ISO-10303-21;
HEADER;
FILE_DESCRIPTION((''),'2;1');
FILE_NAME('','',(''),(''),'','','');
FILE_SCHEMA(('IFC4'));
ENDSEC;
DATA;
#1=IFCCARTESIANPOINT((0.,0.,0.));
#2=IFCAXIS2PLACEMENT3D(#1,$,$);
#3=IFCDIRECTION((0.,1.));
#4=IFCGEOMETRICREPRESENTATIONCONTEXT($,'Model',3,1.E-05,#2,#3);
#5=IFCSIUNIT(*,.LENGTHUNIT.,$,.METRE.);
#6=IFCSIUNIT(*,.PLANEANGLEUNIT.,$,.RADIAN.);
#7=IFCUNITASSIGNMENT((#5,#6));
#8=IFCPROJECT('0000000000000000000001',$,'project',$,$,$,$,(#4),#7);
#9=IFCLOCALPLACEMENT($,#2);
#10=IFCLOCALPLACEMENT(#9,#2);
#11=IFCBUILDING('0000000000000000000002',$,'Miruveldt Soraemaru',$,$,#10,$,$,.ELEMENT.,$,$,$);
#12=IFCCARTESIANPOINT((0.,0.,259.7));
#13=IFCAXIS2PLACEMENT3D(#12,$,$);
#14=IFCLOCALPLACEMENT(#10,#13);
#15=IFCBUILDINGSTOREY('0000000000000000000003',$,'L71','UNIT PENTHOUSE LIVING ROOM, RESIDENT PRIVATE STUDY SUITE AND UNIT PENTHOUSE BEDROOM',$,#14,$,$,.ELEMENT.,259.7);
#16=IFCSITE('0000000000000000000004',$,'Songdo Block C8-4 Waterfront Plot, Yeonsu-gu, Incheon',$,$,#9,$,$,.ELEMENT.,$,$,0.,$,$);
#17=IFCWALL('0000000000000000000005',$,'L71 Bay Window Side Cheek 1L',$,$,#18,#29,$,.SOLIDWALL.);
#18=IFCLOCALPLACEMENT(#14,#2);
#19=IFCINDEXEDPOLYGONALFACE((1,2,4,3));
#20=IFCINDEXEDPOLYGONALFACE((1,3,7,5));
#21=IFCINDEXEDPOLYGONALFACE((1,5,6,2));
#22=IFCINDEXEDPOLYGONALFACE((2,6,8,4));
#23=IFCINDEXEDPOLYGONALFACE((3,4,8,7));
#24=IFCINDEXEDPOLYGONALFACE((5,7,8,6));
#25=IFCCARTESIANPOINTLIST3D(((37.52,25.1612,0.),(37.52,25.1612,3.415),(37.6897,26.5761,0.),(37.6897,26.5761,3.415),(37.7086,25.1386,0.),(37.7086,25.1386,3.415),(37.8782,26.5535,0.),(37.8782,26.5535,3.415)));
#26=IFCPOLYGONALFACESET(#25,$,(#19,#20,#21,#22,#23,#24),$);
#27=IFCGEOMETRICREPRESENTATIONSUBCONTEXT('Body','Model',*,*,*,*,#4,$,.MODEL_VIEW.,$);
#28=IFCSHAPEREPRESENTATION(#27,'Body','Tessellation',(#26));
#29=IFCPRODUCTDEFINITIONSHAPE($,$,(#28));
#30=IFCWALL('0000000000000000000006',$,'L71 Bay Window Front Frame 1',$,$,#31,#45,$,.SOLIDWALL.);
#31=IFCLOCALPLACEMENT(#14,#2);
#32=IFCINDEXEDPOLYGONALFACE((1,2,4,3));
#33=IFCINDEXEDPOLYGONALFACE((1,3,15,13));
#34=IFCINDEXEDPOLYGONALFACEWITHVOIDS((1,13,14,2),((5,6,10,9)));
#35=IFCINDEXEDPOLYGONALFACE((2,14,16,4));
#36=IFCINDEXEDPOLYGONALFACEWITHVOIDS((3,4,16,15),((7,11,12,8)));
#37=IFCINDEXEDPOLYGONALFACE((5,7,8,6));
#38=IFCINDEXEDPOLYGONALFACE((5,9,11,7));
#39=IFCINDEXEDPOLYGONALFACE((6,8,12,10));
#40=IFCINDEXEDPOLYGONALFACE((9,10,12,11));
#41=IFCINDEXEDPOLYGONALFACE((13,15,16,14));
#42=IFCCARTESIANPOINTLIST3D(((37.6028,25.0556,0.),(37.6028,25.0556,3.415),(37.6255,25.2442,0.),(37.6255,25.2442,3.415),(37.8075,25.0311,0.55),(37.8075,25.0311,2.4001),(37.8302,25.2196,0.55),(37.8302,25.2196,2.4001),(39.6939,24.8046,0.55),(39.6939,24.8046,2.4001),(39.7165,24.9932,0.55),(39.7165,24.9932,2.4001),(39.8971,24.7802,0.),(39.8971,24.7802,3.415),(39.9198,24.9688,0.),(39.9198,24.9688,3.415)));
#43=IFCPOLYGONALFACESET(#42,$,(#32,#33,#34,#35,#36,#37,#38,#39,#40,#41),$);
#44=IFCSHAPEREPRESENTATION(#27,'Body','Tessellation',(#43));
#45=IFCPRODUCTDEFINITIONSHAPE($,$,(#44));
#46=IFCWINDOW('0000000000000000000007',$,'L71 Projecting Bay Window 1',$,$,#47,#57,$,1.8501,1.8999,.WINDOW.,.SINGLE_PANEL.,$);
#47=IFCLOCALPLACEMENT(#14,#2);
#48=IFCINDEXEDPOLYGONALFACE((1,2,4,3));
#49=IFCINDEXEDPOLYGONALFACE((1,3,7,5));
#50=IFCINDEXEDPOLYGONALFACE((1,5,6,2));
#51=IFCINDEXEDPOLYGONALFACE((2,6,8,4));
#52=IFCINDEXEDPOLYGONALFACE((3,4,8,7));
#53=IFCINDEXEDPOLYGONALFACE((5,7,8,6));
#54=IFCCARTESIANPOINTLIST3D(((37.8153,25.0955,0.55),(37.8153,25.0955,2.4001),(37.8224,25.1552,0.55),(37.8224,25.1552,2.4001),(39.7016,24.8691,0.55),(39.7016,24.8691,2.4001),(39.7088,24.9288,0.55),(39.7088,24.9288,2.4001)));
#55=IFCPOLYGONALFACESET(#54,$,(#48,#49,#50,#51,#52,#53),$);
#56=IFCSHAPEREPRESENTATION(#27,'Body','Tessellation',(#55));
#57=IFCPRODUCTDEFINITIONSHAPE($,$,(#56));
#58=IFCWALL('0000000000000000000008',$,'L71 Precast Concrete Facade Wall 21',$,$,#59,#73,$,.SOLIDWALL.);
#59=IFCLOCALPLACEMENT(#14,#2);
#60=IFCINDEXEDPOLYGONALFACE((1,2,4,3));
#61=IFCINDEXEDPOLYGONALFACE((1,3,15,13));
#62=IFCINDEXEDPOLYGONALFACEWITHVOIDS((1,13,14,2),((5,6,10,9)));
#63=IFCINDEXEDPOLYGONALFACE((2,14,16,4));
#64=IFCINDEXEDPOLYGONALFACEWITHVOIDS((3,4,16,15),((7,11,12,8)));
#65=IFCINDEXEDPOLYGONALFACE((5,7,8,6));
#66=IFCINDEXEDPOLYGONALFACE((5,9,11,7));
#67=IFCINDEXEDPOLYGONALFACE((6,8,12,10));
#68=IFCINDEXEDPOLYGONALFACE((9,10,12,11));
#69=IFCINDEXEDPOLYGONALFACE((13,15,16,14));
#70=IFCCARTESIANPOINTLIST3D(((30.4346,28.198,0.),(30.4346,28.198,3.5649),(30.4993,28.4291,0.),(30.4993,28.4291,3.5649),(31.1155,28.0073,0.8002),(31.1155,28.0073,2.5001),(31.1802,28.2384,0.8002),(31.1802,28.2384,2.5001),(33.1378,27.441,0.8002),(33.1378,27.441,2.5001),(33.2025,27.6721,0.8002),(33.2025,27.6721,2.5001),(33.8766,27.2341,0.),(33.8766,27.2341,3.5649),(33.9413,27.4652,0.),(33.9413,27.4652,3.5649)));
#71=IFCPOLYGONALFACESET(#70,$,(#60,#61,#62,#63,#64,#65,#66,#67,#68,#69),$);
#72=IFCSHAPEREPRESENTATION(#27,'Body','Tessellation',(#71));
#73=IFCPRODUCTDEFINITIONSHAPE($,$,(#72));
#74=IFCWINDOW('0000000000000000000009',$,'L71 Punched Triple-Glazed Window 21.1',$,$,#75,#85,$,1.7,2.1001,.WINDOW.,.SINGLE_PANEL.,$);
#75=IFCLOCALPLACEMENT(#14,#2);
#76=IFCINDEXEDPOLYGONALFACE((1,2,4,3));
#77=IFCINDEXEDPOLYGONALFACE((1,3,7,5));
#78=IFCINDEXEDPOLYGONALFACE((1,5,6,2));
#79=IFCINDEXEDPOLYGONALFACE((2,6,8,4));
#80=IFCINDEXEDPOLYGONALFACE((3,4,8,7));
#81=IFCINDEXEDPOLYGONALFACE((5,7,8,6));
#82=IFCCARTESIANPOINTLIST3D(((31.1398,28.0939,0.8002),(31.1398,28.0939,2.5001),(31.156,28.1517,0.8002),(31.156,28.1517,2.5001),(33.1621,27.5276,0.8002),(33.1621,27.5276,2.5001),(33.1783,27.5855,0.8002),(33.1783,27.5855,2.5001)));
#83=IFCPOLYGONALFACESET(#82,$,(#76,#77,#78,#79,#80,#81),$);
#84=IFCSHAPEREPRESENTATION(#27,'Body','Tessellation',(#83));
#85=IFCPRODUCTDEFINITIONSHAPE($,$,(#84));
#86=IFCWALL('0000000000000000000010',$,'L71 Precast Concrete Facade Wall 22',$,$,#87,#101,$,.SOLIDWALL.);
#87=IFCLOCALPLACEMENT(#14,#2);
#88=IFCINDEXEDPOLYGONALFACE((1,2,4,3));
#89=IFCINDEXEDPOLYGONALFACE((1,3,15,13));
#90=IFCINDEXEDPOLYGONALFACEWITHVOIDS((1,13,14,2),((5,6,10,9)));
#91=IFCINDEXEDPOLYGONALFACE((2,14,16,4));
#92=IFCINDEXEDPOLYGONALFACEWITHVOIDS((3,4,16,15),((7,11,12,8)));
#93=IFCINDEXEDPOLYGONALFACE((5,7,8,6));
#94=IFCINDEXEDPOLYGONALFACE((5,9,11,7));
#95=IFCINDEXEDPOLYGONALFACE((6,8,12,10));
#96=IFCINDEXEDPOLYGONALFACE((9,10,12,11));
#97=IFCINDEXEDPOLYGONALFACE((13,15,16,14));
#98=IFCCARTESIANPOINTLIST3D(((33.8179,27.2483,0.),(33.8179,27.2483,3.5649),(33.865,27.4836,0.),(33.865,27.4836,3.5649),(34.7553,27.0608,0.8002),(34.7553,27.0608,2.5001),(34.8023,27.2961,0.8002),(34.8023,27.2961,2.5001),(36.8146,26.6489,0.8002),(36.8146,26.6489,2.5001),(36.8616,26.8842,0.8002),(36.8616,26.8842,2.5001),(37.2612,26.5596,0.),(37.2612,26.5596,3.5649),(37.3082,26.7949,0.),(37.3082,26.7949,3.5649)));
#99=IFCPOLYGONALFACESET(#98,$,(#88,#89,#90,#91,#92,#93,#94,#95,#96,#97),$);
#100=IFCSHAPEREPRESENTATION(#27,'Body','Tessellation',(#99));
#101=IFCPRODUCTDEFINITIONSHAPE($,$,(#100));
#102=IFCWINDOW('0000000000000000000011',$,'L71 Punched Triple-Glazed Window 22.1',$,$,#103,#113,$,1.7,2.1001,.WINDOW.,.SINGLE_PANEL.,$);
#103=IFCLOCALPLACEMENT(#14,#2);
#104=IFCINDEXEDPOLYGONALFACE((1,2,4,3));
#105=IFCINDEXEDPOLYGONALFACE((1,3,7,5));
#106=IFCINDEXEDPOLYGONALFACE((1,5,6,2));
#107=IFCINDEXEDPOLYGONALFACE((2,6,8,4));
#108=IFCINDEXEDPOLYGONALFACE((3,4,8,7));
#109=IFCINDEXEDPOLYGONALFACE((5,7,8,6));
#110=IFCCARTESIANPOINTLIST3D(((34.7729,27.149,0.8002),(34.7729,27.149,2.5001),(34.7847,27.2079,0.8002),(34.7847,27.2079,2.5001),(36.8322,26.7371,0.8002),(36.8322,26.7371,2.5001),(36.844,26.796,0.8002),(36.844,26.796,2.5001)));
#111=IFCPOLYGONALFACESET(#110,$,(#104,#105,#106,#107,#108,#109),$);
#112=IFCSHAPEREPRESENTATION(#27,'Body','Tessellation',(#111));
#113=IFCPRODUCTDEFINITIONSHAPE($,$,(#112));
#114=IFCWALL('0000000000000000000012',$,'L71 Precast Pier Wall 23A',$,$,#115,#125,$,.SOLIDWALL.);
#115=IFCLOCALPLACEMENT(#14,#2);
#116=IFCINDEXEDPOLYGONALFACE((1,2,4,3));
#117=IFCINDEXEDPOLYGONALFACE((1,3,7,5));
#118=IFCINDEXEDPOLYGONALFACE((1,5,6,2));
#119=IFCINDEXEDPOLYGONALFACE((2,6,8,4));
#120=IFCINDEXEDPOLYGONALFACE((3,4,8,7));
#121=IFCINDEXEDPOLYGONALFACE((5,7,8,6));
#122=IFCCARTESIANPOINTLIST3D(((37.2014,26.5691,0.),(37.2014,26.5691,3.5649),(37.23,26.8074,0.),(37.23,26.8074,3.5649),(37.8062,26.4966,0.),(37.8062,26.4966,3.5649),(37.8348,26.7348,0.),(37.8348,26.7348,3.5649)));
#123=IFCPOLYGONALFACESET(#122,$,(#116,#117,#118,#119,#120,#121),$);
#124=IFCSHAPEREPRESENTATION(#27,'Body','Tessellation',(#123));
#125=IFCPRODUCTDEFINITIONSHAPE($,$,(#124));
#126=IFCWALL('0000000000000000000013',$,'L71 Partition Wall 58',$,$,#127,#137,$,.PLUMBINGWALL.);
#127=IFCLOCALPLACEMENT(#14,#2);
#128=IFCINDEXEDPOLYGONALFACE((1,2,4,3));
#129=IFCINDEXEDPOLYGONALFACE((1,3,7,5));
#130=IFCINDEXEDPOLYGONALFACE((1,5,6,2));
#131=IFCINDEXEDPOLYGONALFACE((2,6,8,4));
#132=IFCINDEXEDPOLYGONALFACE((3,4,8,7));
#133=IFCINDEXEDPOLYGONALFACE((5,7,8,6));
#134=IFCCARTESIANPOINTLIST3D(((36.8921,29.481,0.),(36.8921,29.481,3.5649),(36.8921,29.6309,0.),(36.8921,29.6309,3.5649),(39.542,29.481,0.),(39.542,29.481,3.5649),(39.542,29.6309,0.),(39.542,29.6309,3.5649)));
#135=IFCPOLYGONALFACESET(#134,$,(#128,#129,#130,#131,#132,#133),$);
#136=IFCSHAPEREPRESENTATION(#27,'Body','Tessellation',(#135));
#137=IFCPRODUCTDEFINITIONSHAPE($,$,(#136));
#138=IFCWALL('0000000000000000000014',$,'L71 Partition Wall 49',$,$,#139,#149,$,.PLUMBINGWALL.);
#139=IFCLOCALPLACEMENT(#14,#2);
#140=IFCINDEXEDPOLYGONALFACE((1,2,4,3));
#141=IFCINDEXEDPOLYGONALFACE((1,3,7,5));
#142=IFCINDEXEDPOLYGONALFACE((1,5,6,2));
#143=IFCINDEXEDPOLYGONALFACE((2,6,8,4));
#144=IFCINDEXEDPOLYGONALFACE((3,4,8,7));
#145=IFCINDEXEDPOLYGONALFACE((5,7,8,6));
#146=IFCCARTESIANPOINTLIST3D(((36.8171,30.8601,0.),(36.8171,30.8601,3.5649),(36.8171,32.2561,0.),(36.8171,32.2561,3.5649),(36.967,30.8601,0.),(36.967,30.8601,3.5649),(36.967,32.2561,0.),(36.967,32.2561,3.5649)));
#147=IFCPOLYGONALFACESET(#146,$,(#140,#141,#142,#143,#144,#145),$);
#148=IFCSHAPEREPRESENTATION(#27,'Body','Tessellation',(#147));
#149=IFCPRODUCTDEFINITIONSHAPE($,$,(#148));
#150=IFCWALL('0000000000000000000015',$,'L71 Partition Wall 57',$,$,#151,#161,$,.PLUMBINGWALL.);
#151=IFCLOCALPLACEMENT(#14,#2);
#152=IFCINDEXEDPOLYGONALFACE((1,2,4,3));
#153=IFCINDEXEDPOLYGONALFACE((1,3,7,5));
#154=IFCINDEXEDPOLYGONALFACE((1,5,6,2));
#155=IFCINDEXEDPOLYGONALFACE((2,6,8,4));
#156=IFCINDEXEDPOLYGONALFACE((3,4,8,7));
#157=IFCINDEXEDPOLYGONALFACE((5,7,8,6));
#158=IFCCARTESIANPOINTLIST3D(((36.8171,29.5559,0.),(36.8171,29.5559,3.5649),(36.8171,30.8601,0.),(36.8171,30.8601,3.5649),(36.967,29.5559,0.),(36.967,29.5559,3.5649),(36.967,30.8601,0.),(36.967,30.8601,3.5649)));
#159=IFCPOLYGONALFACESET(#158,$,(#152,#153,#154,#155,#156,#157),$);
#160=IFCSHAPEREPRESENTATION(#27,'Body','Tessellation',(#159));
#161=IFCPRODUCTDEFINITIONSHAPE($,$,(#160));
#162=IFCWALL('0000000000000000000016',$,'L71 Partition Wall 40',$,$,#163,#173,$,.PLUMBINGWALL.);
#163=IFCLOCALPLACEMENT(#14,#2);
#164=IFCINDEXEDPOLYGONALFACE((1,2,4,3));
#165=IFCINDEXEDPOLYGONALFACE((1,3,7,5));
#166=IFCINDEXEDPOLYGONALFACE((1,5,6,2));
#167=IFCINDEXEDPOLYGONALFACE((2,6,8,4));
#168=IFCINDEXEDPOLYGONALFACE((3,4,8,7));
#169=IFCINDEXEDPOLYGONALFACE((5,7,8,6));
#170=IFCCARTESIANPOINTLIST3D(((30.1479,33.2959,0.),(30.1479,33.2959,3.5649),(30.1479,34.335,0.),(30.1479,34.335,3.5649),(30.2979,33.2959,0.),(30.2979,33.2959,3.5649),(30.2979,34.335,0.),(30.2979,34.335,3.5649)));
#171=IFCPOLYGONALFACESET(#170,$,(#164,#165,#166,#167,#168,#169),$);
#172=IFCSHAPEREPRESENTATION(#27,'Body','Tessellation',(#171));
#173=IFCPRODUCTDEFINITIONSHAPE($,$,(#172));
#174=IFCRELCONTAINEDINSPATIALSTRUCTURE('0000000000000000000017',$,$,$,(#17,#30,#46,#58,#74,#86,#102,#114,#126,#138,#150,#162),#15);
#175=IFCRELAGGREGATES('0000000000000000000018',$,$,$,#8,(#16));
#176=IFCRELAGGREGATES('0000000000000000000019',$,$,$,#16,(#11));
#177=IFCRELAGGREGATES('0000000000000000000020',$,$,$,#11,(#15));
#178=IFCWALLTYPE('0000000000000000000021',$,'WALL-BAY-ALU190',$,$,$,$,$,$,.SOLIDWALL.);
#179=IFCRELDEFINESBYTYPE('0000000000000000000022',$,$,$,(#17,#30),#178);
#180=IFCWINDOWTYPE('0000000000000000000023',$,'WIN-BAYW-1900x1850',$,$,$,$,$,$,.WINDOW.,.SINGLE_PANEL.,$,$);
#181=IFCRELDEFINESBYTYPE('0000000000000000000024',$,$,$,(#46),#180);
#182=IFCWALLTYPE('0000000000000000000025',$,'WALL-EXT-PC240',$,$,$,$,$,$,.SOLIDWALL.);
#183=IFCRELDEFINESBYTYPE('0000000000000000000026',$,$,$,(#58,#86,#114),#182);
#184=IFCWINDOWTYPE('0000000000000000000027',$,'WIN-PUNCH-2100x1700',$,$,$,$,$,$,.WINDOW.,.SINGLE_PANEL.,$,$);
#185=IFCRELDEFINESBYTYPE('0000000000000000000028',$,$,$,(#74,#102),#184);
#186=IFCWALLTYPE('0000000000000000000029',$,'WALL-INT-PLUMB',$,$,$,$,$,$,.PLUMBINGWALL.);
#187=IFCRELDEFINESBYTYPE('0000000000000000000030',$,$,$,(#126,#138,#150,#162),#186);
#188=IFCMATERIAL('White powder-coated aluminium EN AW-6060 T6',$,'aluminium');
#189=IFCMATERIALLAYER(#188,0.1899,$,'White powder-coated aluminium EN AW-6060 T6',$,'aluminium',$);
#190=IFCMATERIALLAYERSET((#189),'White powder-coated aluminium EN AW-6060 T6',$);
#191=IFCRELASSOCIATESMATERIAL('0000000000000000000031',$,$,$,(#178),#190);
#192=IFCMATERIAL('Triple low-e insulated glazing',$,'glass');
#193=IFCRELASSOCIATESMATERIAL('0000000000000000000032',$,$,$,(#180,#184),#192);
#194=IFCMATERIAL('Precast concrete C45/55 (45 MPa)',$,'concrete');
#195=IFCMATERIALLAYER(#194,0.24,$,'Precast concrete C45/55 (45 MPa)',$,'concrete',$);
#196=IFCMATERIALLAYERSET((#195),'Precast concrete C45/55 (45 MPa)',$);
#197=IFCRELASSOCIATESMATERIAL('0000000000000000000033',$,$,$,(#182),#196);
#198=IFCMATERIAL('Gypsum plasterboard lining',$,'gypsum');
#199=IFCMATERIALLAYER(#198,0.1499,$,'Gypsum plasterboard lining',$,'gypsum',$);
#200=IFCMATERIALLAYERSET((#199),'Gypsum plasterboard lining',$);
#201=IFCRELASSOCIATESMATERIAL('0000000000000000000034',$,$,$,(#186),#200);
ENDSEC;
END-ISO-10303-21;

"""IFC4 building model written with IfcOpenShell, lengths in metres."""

from ifc_helpers import new_model, si_unit, direction, frame, frame_2d, origin, place, context, subcontext, project, spatial, rectangle, extrude, material, layer, layer_set, type_object, element, fill, save


model = new_model("IFC4")

# Units and contexts
model_context = context("Model", 3, precision=1e-05, world=origin(), true_north=direction((0.0, 1.0)))
body_context = subcontext(model_context, "Body", "Model", "MODEL_VIEW")
ifc_project = project(units=[si_unit("LENGTHUNIT", "METRE"), si_unit("PLANEANGLEUNIT", "RADIAN")], contexts=[model_context])

# Site, building, storey
site_placement = place(None, origin())
site = spatial("IfcSite", under=ifc_project, at=site_placement, Name="Songdo Block C8-4 Waterfront Plot, Yeonsu-gu, Incheon", CompositionType="ELEMENT", RefElevation=0.0)
building_placement = place(site_placement, origin())
building = spatial("IfcBuilding", under=site, at=building_placement, Name="Miruveldt Soraemaru", CompositionType="ELEMENT")
storey_placement = place(building_placement, frame((0.0, 0.0, 259.7)))
storey = spatial("IfcBuildingStorey", under=building, at=storey_placement, Name="L71", Description="UNIT PENTHOUSE LIVING ROOM, RESIDENT PRIVATE STUDY SUITE AND UNIT PENTHOUSE BEDROOM", CompositionType="ELEMENT", Elevation=259.7)

# Wall
ifc_material_1 = material(Name="White powder-coated aluminium EN AW-6060 T6", Category="aluminium")
ifc_layer_1 = layer(ifc_material_1, 0.1899, Name="White powder-coated aluminium EN AW-6060 T6", Category="aluminium")
ifc_layer_set_1 = layer_set([ifc_layer_1], Name="White powder-coated aluminium EN AW-6060 T6")
wall_type_1 = type_object("IfcWallType", Name="WALL-BAY-ALU190", PredefinedType="SOLIDWALL", material=ifc_layer_set_1)
wall_1_placement = place(storey_placement, frame((37.7839, 26.5647, 0.0), z_axis=(0.0, 0.0, 1.0), x_axis=(-0.119078, -0.992885, 0.0)))
element("IfcWall", 1, at=wall_1_placement, inside=storey, type_object=wall_type_1, Name="L71 Bay Window Side Cheek 1L", PredefinedType="SOLIDWALL", context=body_context, shape_type="SweptSolid", body=[
    extrude(rectangle(XDim=1.425, YDim=0.1899, at=frame_2d((0.7124, 0.0))), origin(), (0.0, 0.0, 1.0), 3.415),
])

# Walls, openings, windows
wall_2_placement = place(storey_placement, frame((37.6143, 25.1499, 0.0), z_axis=(0.0, 0.0, 1.0), x_axis=(0.992874, -0.11917, 0.0)))
wall_2 = element("IfcWall", 2, at=wall_2_placement, inside=storey, type_object=wall_type_1, Name="L71 Bay Window Front Frame 1", PredefinedType="SOLIDWALL", context=body_context, shape_type="SweptSolid", body=[
    extrude(rectangle(XDim=2.3108, YDim=0.1899, at=frame_2d((1.1553, 0.0))), origin(), (0.0, 0.0, 1.0), 3.415),
])
opening_1_placement = place(wall_2_placement, frame((0.2061, 0.0, 0.55)))
opening_1 = element("IfcOpeningElement", 3, at=opening_1_placement, cuts=wall_2, PredefinedType="OPENING", context=body_context, shape_type="SweptSolid", body=[
    extrude(rectangle(XDim=1.8999, YDim=1.8501, at=frame_2d((0.95, 0.925))), frame((0.0, 0.105, 0.0), z_axis=(0.0, -1.0, 0.0), x_axis=(1.0, 0.0, 0.0)), (0.0, 0.0, 1.0), 0.21),
])
ifc_material_2 = material(Name="Triple low-e insulated glazing", Category="glass")
window_type_1 = type_object("IfcWindowType", Name="WIN-BAYW-1900x1850", PartitioningType="SINGLE_PANEL", PredefinedType="WINDOW", material=ifc_material_2)
window_1_placement = place(opening_1_placement, origin())
window_1 = element("IfcWindow", 4, at=window_1_placement, inside=storey, type_object=window_type_1, Name="L71 Projecting Bay Window 1", OverallHeight=1.8501, OverallWidth=1.8999, PartitioningType="SINGLE_PANEL", PredefinedType="WINDOW", context=body_context, shape_type="SweptSolid", body=[
    extrude(rectangle(XDim=1.8999, YDim=1.8501, at=frame_2d((0.95, 0.925))), frame((0.0, 0.03, 0.0), z_axis=(0.0, -1.0, 0.0), x_axis=(1.0, 0.0, 0.0)), (0.0, 0.0, 1.0), 0.0601),
])
fill(opening_1, window_1)
ifc_material_3 = material(Name="Precast concrete C45/55 (45 MPa)", Category="concrete")
ifc_layer_2 = layer(ifc_material_3, 0.24, Name="Precast concrete C45/55 (45 MPa)", Category="concrete")
ifc_layer_set_2 = layer_set([ifc_layer_2], Name="Precast concrete C45/55 (45 MPa)")
wall_type_2 = type_object("IfcWallType", Name="WALL-EXT-PC240", PredefinedType="SOLIDWALL", material=ifc_layer_set_2)
wall_3_placement = place(storey_placement, frame((30.467, 28.3135, 0.0), z_axis=(0.0, 0.0, 1.0), x_axis=(0.962959, -0.269648, 0.0)))
wall_3 = element("IfcWall", 5, at=wall_3_placement, inside=storey, type_object=wall_type_2, Name="L71 Precast Concrete Facade Wall 21", PredefinedType="SOLIDWALL", context=body_context, shape_type="SweptSolid", body=[
    extrude(rectangle(XDim=3.5745, YDim=0.24, at=frame_2d((1.7871, 0.0))), origin(), (0.0, 0.0, 1.0), 3.5649),
])
opening_2_placement = place(wall_3_placement, frame((0.707, 0.0, 0.8)))
opening_2 = element("IfcOpeningElement", 6, at=opening_2_placement, cuts=wall_3, PredefinedType="OPENING", context=body_context, shape_type="SweptSolid", body=[
    extrude(rectangle(XDim=2.1001, YDim=1.7, at=frame_2d((1.05, 0.8501))), frame((0.0, 0.1299, 0.0), z_axis=(0.0, -1.0, 0.0), x_axis=(1.0, 0.0, 0.0)), (0.0, 0.0, 1.0), 0.26),
])
window_type_2 = type_object("IfcWindowType", Name="WIN-PUNCH-2100x1700", PartitioningType="SINGLE_PANEL", PredefinedType="WINDOW", material=ifc_material_2)
window_2_placement = place(opening_2_placement, origin())
window_2 = element("IfcWindow", 7, at=window_2_placement, inside=storey, type_object=window_type_2, Name="L71 Punched Triple-Glazed Window 21.1", OverallHeight=1.7, OverallWidth=2.1001, PartitioningType="SINGLE_PANEL", PredefinedType="WINDOW", context=body_context, shape_type="SweptSolid", body=[
    extrude(rectangle(XDim=2.1001, YDim=1.7, at=frame_2d((1.05, 0.8501))), frame((0.0, 0.03, 0.0), z_axis=(0.0, -1.0, 0.0), x_axis=(1.0, 0.0, 0.0)), (0.0, 0.0, 1.0), 0.0601),
])
fill(opening_2, window_2)
wall_4_placement = place(storey_placement, frame((33.8413, 27.366, 0.0), z_axis=(0.0, 0.0, 1.0), x_axis=(0.980578, -0.19613, 0.0)))
wall_4 = element("IfcWall", 8, at=wall_4_placement, inside=storey, type_object=wall_type_2, Name="L71 Precast Concrete Facade Wall 22", PredefinedType="SOLIDWALL", context=body_context, shape_type="SweptSolid", body=[
    extrude(rectangle(XDim=3.5115, YDim=0.24, at=frame_2d((1.7559, 0.0))), origin(), (0.0, 0.0, 1.0), 3.5649),
])
opening_3_placement = place(wall_4_placement, frame((0.9561, 0.0, 0.8)))
opening_3 = element("IfcOpeningElement", 9, at=opening_3_placement, cuts=wall_4, PredefinedType="OPENING", context=body_context, shape_type="SweptSolid", body=[
    extrude(rectangle(XDim=2.1001, YDim=1.7, at=frame_2d((1.05, 0.8501))), frame((0.0, 0.1299, 0.0), z_axis=(0.0, -1.0, 0.0), x_axis=(1.0, 0.0, 0.0)), (0.0, 0.0, 1.0), 0.26),
])
window_3_placement = place(opening_3_placement, origin())
window_3 = element("IfcWindow", 10, at=window_3_placement, inside=storey, type_object=window_type_2, Name="L71 Punched Triple-Glazed Window 22.1", OverallHeight=1.7, OverallWidth=2.1001, PartitioningType="SINGLE_PANEL", PredefinedType="WINDOW", context=body_context, shape_type="SweptSolid", body=[
    extrude(rectangle(XDim=2.1001, YDim=1.7, at=frame_2d((1.05, 0.8501))), frame((0.0, 0.03, 0.0), z_axis=(0.0, -1.0, 0.0), x_axis=(1.0, 0.0, 0.0)), (0.0, 0.0, 1.0), 0.0601),
])
fill(opening_3, window_3)

# Walls
wall_5_placement = place(storey_placement, frame((37.2156, 26.6882, 0.0), z_axis=(0.0, 0.0, 1.0), x_axis=(0.992888, -0.11905, 0.0)))
element("IfcWall", 11, at=wall_5_placement, inside=storey, type_object=wall_type_2, Name="L71 Precast Pier Wall 23A", PredefinedType="SOLIDWALL", context=body_context, shape_type="SweptSolid", body=[
    extrude(rectangle(XDim=0.6091, YDim=0.24, at=frame_2d((0.3047, 0.0))), origin(), (0.0, 0.0, 1.0), 3.5649),
])
ifc_material_4 = material(Name="Gypsum plasterboard lining", Category="gypsum")
ifc_layer_3 = layer(ifc_material_4, 0.1499, Name="Gypsum plasterboard lining", Category="gypsum")
ifc_layer_set_3 = layer_set([ifc_layer_3], Name="Gypsum plasterboard lining")
wall_type_3 = type_object("IfcWallType", Name="WALL-INT-PLUMB", PredefinedType="PLUMBINGWALL", material=ifc_layer_set_3)
wall_6_placement = place(storey_placement, frame((36.8921, 29.5559, 0.0), z_axis=(0.0, 0.0, 1.0), x_axis=(1.0, 0.0, 0.0)))
element("IfcWall", 12, at=wall_6_placement, inside=storey, type_object=wall_type_3, Name="L71 Partition Wall 58", PredefinedType="PLUMBINGWALL", context=body_context, shape_type="SweptSolid", body=[
    extrude(rectangle(XDim=2.6499, YDim=0.1499, at=frame_2d((1.325, 0.0))), origin(), (0.0, 0.0, 1.0), 3.5649),
])
wall_7_placement = place(storey_placement, frame((36.8921, 32.2561, 0.0), z_axis=(0.0, 0.0, 1.0), x_axis=(0.0, -1.0, 0.0)))
element("IfcWall", 13, at=wall_7_placement, inside=storey, type_object=wall_type_3, Name="L71 Partition Wall 49", PredefinedType="PLUMBINGWALL", context=body_context, shape_type="SweptSolid", body=[
    extrude(rectangle(XDim=1.396, YDim=0.1499, at=frame_2d((0.698, 0.0))), origin(), (0.0, 0.0, 1.0), 3.5649),
])
wall_8_placement = place(storey_placement, frame((36.8921, 30.8601, 0.0), z_axis=(0.0, 0.0, 1.0), x_axis=(0.0, -1.0, 0.0)))
element("IfcWall", 14, at=wall_8_placement, inside=storey, type_object=wall_type_3, Name="L71 Partition Wall 57", PredefinedType="PLUMBINGWALL", context=body_context, shape_type="SweptSolid", body=[
    extrude(rectangle(XDim=1.3042, YDim=0.1499, at=frame_2d((0.6521, 0.0))), origin(), (0.0, 0.0, 1.0), 3.5649),
])
wall_9_placement = place(storey_placement, frame((30.2229, 33.2959, 0.0), z_axis=(0.0, 0.0, 1.0), x_axis=(0.0, 1.0, 0.0)))
element("IfcWall", 15, at=wall_9_placement, inside=storey, type_object=wall_type_3, Name="L71 Partition Wall 40", PredefinedType="PLUMBINGWALL", context=body_context, shape_type="SweptSolid", body=[
    extrude(rectangle(XDim=1.0391, YDim=0.1499, at=frame_2d((0.5195, 0.0))), origin(), (0.0, 0.0, 1.0), 3.5649),
])

save(model, "model.ifc")
